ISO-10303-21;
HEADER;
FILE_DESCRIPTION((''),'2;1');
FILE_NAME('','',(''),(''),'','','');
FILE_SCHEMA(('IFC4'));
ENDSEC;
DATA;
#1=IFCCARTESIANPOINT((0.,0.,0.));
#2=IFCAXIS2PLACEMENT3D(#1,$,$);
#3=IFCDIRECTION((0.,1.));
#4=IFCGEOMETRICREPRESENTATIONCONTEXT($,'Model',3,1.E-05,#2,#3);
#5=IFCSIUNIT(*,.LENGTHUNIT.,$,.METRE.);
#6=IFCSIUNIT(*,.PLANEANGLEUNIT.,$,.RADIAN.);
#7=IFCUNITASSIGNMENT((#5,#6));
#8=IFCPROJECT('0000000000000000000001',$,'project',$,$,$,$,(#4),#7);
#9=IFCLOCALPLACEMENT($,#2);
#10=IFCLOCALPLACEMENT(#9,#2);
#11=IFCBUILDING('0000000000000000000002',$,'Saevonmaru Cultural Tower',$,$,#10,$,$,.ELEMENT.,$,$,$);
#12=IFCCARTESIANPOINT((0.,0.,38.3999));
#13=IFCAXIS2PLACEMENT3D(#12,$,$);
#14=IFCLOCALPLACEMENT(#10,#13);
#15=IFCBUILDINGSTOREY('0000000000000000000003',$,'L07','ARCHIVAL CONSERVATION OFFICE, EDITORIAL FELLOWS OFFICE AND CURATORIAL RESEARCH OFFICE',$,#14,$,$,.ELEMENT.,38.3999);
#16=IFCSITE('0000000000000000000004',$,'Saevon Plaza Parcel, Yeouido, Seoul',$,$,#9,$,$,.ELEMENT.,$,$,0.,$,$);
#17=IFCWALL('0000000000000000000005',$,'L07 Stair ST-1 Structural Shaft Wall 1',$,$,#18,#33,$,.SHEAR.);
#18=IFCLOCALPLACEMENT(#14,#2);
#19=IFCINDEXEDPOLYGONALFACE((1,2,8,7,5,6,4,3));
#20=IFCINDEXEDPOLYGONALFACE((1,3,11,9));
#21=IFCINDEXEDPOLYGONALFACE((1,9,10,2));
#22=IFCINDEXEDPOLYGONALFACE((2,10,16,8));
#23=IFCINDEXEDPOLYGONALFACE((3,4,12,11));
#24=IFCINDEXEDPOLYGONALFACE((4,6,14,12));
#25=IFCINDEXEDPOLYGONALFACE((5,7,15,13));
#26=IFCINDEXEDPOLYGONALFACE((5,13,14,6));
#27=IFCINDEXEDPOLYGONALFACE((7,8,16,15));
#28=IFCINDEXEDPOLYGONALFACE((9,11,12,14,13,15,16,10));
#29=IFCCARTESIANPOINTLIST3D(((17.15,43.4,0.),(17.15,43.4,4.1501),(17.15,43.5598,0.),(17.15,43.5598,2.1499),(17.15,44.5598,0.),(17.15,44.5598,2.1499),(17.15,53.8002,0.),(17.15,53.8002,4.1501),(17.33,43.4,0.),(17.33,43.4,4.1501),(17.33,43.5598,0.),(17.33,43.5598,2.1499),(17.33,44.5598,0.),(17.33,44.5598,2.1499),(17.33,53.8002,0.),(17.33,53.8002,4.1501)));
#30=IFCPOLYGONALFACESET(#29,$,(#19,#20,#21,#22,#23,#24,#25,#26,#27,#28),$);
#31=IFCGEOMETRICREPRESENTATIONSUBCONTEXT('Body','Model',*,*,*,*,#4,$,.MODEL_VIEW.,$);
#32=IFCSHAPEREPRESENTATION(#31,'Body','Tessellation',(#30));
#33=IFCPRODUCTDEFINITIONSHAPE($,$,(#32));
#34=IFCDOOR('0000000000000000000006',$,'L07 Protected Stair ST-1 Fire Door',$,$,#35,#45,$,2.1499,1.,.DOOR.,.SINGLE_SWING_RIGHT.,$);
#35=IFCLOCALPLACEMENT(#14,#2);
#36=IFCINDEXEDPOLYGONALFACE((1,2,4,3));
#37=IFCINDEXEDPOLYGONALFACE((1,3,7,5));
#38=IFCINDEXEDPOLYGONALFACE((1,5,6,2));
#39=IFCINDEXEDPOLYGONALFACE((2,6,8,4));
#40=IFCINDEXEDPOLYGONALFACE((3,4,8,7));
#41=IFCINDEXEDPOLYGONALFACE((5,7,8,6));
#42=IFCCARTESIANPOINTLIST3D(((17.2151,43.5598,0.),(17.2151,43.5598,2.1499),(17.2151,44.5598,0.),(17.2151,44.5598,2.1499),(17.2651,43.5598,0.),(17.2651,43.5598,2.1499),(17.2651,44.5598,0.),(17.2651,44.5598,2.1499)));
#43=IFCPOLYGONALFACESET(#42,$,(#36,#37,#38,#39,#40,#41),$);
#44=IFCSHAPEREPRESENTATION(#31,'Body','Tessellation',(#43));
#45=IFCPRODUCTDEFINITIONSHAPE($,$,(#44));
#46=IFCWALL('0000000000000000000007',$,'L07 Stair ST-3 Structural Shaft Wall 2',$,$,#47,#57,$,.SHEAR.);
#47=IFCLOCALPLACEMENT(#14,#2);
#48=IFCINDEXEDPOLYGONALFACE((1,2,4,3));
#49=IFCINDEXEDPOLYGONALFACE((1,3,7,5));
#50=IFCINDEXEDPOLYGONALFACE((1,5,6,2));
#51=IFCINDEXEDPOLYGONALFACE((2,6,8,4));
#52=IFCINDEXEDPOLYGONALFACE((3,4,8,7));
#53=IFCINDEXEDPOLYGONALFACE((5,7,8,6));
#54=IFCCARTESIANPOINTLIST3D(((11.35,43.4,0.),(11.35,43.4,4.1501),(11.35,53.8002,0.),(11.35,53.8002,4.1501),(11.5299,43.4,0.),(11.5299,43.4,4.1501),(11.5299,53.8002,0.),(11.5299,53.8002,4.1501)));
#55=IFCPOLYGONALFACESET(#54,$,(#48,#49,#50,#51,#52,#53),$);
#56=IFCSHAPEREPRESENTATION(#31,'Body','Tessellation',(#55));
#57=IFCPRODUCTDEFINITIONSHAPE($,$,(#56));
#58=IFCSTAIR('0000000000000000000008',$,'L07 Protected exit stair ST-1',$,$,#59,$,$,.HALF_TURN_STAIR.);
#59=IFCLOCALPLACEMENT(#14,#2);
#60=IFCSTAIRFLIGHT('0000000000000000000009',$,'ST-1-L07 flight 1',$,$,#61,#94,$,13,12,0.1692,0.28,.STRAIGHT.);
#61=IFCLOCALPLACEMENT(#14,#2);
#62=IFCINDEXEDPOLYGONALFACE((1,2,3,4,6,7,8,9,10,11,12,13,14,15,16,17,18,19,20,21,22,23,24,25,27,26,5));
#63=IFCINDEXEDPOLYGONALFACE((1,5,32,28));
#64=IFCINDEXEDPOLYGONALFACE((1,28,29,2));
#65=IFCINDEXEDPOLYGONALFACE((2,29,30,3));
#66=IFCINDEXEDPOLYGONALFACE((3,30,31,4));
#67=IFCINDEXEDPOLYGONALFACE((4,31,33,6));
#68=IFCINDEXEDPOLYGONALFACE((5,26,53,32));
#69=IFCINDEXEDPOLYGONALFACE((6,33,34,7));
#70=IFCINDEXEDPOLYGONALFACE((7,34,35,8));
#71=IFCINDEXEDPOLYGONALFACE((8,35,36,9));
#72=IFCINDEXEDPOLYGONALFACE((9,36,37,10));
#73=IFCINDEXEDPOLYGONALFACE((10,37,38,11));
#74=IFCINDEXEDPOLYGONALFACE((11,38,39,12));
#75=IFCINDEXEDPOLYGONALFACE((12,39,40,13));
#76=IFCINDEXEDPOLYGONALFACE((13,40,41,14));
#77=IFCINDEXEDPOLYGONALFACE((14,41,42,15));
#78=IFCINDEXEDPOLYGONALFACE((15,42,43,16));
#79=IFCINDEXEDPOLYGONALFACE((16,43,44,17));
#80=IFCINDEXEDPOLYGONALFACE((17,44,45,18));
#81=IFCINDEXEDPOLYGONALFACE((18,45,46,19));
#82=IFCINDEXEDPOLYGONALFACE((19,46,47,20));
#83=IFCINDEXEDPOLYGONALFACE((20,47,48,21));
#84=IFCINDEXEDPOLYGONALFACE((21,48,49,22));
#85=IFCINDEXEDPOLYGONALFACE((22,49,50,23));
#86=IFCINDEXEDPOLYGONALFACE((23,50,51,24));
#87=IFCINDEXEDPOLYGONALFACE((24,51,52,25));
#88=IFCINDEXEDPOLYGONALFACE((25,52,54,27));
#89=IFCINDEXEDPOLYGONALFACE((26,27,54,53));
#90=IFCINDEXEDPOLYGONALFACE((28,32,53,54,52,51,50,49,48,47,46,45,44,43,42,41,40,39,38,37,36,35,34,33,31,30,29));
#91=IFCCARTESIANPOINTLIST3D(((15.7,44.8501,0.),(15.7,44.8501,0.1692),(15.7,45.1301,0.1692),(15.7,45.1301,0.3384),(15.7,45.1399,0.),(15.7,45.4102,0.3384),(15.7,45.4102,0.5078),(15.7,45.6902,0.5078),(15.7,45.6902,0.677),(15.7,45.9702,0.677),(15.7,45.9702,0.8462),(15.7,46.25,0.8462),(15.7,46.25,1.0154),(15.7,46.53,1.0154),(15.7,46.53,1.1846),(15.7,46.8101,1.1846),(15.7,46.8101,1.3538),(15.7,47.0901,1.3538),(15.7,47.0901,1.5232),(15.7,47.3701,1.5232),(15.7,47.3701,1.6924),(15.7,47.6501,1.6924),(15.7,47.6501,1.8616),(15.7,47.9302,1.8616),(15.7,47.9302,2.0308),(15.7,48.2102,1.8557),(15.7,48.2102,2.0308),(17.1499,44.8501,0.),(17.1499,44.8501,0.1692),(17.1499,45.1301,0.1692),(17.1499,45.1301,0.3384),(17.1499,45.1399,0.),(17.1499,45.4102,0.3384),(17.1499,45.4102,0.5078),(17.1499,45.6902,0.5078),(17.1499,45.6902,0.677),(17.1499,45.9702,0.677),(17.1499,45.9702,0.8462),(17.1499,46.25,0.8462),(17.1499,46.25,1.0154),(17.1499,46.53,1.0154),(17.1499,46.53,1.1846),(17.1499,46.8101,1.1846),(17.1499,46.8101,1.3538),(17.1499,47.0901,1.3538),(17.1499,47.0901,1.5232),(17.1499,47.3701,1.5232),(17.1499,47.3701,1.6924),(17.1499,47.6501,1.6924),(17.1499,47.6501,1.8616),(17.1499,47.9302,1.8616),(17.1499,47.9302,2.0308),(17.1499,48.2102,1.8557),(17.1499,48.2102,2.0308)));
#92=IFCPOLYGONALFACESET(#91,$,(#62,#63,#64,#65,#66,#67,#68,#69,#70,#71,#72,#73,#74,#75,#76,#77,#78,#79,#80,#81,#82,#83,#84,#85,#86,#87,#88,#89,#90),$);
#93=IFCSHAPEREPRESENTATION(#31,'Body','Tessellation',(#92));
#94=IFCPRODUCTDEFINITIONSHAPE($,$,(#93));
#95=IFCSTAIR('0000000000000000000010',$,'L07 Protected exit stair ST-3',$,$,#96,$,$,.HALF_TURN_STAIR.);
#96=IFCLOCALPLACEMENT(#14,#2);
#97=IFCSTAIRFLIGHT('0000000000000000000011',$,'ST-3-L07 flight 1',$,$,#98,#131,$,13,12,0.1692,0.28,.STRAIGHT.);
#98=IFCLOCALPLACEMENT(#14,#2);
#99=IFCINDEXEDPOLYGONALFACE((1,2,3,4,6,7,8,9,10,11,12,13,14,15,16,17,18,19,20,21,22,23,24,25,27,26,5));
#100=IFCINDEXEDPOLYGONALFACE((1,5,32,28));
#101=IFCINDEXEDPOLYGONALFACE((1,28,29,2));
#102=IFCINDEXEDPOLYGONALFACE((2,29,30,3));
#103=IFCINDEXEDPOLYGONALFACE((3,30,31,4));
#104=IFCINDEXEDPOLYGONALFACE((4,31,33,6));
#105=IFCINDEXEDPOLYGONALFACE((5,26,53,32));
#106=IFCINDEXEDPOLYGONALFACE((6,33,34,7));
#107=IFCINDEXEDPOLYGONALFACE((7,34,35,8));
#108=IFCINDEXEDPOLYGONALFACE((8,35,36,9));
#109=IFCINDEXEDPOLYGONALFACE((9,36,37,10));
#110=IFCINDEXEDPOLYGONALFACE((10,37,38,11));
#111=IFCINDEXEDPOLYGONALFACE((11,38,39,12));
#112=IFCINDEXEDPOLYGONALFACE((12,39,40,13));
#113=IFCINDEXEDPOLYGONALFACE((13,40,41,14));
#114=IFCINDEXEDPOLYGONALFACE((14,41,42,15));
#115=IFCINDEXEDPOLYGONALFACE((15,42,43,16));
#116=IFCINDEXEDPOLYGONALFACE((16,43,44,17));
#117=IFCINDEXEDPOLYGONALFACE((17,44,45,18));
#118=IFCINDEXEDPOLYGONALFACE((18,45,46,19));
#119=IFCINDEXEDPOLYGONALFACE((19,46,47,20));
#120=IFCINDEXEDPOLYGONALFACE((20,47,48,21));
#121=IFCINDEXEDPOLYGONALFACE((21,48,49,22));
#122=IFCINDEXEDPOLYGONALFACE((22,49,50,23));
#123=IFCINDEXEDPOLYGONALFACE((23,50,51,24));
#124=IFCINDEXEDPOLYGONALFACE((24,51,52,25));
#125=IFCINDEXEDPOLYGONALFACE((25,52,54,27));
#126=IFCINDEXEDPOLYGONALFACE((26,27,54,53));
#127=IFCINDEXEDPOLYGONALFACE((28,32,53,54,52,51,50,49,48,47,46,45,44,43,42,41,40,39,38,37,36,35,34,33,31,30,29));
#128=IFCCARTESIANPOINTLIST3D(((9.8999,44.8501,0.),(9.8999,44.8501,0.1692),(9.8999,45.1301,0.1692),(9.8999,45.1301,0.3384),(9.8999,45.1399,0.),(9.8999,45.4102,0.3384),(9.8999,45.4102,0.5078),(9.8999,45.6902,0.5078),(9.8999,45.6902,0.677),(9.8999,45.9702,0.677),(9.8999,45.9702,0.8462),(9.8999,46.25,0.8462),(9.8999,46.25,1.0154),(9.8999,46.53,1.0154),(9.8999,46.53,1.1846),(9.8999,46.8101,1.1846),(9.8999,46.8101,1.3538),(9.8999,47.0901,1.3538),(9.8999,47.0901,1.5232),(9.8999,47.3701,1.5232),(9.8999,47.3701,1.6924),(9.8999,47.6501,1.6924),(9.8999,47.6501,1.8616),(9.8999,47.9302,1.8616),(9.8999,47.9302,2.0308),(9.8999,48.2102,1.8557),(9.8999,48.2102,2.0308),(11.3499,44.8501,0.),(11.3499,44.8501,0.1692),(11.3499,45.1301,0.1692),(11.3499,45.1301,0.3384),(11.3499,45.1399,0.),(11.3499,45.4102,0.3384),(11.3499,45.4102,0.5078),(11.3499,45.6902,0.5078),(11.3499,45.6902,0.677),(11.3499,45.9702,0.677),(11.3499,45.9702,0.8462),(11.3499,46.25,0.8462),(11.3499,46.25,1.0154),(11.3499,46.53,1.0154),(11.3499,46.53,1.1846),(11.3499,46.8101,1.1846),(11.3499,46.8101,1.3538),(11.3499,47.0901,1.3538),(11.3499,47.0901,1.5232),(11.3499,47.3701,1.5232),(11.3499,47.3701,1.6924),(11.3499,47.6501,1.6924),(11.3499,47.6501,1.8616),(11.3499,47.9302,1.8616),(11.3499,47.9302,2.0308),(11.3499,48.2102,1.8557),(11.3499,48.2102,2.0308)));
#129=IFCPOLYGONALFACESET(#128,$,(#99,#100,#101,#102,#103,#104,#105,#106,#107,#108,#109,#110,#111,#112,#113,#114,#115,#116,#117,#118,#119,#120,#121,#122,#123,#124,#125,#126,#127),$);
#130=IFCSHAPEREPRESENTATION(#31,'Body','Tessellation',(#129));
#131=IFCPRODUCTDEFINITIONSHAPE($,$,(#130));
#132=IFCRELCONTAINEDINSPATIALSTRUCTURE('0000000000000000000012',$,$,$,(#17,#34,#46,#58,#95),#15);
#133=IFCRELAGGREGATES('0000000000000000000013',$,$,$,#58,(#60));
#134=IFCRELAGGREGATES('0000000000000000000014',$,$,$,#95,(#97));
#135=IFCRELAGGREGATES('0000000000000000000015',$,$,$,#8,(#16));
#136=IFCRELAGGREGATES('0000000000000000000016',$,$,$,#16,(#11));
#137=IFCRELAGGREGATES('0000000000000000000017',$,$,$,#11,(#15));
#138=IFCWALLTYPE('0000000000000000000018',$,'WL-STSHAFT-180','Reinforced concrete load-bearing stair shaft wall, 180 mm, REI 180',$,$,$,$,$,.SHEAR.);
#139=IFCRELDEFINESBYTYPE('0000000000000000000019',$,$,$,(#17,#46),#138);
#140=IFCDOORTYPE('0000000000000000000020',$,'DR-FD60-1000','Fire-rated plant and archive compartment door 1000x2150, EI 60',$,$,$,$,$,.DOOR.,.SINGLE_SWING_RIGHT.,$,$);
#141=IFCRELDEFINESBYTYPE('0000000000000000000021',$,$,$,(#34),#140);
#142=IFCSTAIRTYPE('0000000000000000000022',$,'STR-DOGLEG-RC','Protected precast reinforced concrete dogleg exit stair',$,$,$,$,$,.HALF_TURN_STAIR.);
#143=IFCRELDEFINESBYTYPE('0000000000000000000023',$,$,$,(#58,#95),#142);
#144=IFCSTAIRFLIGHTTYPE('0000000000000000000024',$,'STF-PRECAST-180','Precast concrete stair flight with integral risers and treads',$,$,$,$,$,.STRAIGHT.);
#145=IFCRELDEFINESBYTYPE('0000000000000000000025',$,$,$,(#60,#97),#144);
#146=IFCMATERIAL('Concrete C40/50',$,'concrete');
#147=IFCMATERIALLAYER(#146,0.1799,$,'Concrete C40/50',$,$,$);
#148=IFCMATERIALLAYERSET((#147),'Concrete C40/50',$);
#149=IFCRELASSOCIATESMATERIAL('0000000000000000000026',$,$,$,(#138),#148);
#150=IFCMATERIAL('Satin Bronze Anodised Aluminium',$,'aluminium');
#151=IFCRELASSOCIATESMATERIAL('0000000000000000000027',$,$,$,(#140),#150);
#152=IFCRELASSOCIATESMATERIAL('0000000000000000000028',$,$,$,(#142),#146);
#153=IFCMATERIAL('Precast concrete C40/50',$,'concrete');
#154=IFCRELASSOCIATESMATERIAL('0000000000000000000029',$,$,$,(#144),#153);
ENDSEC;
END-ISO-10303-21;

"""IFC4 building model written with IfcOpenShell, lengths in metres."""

from ifc_helpers import new_model, si_unit, direction, frame, frame_2d, origin, place, context, subcontext, project, spatial, polyline, rectangle, outline, extrude, material, layer, layer_set, type_object, element, fill, aggregate, save


model = new_model("IFC4")

# Units and contexts
model_context = context("Model", 3, precision=1e-05, world=origin(), true_north=direction((0.0, 1.0)))
body_context = subcontext(model_context, "Body", "Model", "MODEL_VIEW")
ifc_project = project(units=[si_unit("LENGTHUNIT", "METRE"), si_unit("PLANEANGLEUNIT", "RADIAN")], contexts=[model_context])

# Site, building, storey
site_placement = place(None, origin())
site = spatial("IfcSite", under=ifc_project, at=site_placement, Name="Saevon Plaza Parcel, Yeouido, Seoul", CompositionType="ELEMENT", RefElevation=0.0)
building_placement = place(site_placement, origin())
building = spatial("IfcBuilding", under=site, at=building_placement, Name="Saevonmaru Cultural Tower", CompositionType="ELEMENT")
storey_placement = place(building_placement, frame((0.0, 0.0, 38.3999)))
storey = spatial("IfcBuildingStorey", under=building, at=storey_placement, Name="L07", Description="ARCHIVAL CONSERVATION OFFICE, EDITORIAL FELLOWS OFFICE AND CURATORIAL RESEARCH OFFICE", CompositionType="ELEMENT", Elevation=38.3999)

# Shared definitions
ifc_material_1 = material(Name="Satin Bronze Anodised Aluminium", Category="aluminium")

# Wall, opening, door
ifc_material_2 = material(Name="Concrete C40/50", Category="concrete")
ifc_layer_1 = layer(ifc_material_2, 0.1799, Name="Concrete C40/50")
ifc_layer_set_1 = layer_set([ifc_layer_1], Name="Concrete C40/50")
wall_type_1 = type_object("IfcWallType", Name="WL-STSHAFT-180", Description="Reinforced concrete load-bearing stair shaft wall, 180 mm, REI 180", PredefinedType="SHEAR", material=ifc_layer_set_1)
wall_1_placement = place(storey_placement, frame((17.24, 43.3999, 0.0), z_axis=(0.0, 0.0, 1.0), x_axis=(0.0, 1.0, 0.0)))
wall_1 = element("IfcWall", 1, at=wall_1_placement, inside=storey, type_object=wall_type_1, Name="L07 Stair ST-1 Structural Shaft Wall 1", PredefinedType="SHEAR", context=body_context, shape_type="SweptSolid", body=[
    extrude(rectangle(XDim=10.4001, YDim=0.1799, at=frame_2d((5.2002, 0.0))), origin(), (0.0, 0.0, 1.0), 4.1501),
])
opening_1_placement = place(wall_1_placement, frame((0.1599, 0.0, 0.0)))
opening_1 = element("IfcOpeningElement", 2, at=opening_1_placement, cuts=wall_1, PredefinedType="OPENING", context=body_context, shape_type="SweptSolid", body=[
    extrude(rectangle(XDim=1.0, YDim=2.1499, at=frame_2d((0.5, 1.075))), frame((0.0, 0.1001, 0.0), z_axis=(0.0, -1.0, 0.0), x_axis=(1.0, 0.0, 0.0)), (0.0, 0.0, 1.0), 0.2),
])
door_type_1 = type_object("IfcDoorType", Name="DR-FD60-1000", Description="Fire-rated plant and archive compartment door 1000x2150, EI 60", OperationType="SINGLE_SWING_RIGHT", PredefinedType="DOOR", material=ifc_material_1)
door_1_placement = place(opening_1_placement, origin())
door_1 = element("IfcDoor", 3, at=door_1_placement, inside=storey, type_object=door_type_1, Name="L07 Protected Stair ST-1 Fire Door", OperationType="SINGLE_SWING_RIGHT", OverallHeight=2.1499, OverallWidth=1.0, PredefinedType="DOOR", context=body_context, shape_type="SweptSolid", body=[
    extrude(rectangle(XDim=1.0, YDim=2.1499, at=frame_2d((0.5, 1.075))), frame((0.0, 0.0249, 0.0), z_axis=(0.0, -1.0, 0.0), x_axis=(1.0, 0.0, 0.0)), (0.0, 0.0, 1.0), 0.05),
])
fill(opening_1, door_1)

# Wall
wall_2_placement = place(storey_placement, frame((11.4399, 43.3999, 0.0), z_axis=(0.0, 0.0, 1.0), x_axis=(0.0, 1.0, 0.0)))
element("IfcWall", 4, at=wall_2_placement, inside=storey, type_object=wall_type_1, Name="L07 Stair ST-3 Structural Shaft Wall 2", PredefinedType="SHEAR", context=body_context, shape_type="SweptSolid", body=[
    extrude(rectangle(XDim=10.4001, YDim=0.1799, at=frame_2d((5.2002, 0.0))), origin(), (0.0, 0.0, 1.0), 4.1501),
])

# Stairs, stair flights
stair_type = type_object("IfcStairType", Name="STR-DOGLEG-RC", Description="Protected precast reinforced concrete dogleg exit stair", PredefinedType="HALF_TURN_STAIR", material=ifc_material_2)
stair_1_placement = place(storey_placement, origin())
stair_1 = element("IfcStair", 5, at=stair_1_placement, inside=storey, type_object=stair_type, Name="L07 Protected exit stair ST-1", PredefinedType="HALF_TURN_STAIR")
ifc_material_3 = material(Name="Precast concrete C40/50", Category="concrete")
stair_flight_type = type_object("IfcStairFlightType", Name="STF-PRECAST-180", Description="Precast concrete stair flight with integral risers and treads", PredefinedType="STRAIGHT", material=ifc_material_3)
stair_flight_1_placement = place(storey_placement, frame((16.425, 44.8501, 0.0), z_axis=(0.0, 0.0, 1.0), x_axis=(0.0, 1.0, 0.0)))
stair_flight_1 = element("IfcStairFlight", 6, at=stair_flight_1_placement, type_object=stair_flight_type, Name="ST-1-L07 flight 1", NumberOfRisers=13, NumberOfTreads=12, PredefinedType="STRAIGHT", RiserHeight=0.1692, TreadLength=0.28, context=body_context, shape_type="SweptSolid", body=[
    extrude(outline(polyline([(0.0, 0.0), (0.0, 0.1692), (0.28, 0.1692), (0.28, 0.3384), (0.5601, 0.3384), (0.5601, 0.5078), (0.8401, 0.5078), (0.8401, 0.677), (1.1201, 0.677), (1.1201, 0.8462), (1.3999, 0.8462), (1.3999, 1.0154), (1.6799, 1.0154), (1.6799, 1.1846), (1.96, 1.1846), (1.96, 1.3538), (2.24, 1.3538), (2.24, 1.5232), (2.52, 1.5232), (2.52, 1.6924), (2.8, 1.6924), (2.8, 1.8616), (3.0801, 1.8616), (3.0801, 2.0308), (3.3601, 2.0308), (3.3601, 2.2), (3.3601, 1.8557), (0.2898, 0.0), (0.0, 0.0)])), frame((0.0, 0.7251, 0.0), z_axis=(0.0, -1.0, 0.0), x_axis=(1.0, 0.0, 0.0)), (0.0, 0.0, 1.0), 1.45),
])
aggregate(stair_1, [stair_flight_1])
stair_2_placement = place(storey_placement, origin())
stair_2 = element("IfcStair", 7, at=stair_2_placement, inside=storey, type_object=stair_type, Name="L07 Protected exit stair ST-3", PredefinedType="HALF_TURN_STAIR")
stair_flight_2_placement = place(storey_placement, frame((10.625, 44.8501, 0.0), z_axis=(0.0, 0.0, 1.0), x_axis=(0.0, 1.0, 0.0)))
stair_flight_2 = element("IfcStairFlight", 8, at=stair_flight_2_placement, type_object=stair_flight_type, Name="ST-3-L07 flight 1", NumberOfRisers=13, NumberOfTreads=12, PredefinedType="STRAIGHT", RiserHeight=0.1692, TreadLength=0.28, context=body_context, shape_type="SweptSolid", body=[
    extrude(outline(polyline([(0.0, 0.0), (0.0, 0.1692), (0.28, 0.1692), (0.28, 0.3384), (0.5601, 0.3384), (0.5601, 0.5078), (0.8401, 0.5078), (0.8401, 0.677), (1.1201, 0.677), (1.1201, 0.8462), (1.3999, 0.8462), (1.3999, 1.0154), (1.6799, 1.0154), (1.6799, 1.1846), (1.96, 1.1846), (1.96, 1.3538), (2.24, 1.3538), (2.24, 1.5232), (2.52, 1.5232), (2.52, 1.6924), (2.8, 1.6924), (2.8, 1.8616), (3.0801, 1.8616), (3.0801, 2.0308), (3.3601, 2.0308), (3.3601, 2.2), (3.3601, 1.8557), (0.2898, 0.0), (0.0, 0.0)])), frame((0.0, 0.7251, 0.0), z_axis=(0.0, -1.0, 0.0), x_axis=(1.0, 0.0, 0.0)), (0.0, 0.0, 1.0), 1.45),
])
aggregate(stair_2, [stair_flight_2])

save(model, "model.ifc")
